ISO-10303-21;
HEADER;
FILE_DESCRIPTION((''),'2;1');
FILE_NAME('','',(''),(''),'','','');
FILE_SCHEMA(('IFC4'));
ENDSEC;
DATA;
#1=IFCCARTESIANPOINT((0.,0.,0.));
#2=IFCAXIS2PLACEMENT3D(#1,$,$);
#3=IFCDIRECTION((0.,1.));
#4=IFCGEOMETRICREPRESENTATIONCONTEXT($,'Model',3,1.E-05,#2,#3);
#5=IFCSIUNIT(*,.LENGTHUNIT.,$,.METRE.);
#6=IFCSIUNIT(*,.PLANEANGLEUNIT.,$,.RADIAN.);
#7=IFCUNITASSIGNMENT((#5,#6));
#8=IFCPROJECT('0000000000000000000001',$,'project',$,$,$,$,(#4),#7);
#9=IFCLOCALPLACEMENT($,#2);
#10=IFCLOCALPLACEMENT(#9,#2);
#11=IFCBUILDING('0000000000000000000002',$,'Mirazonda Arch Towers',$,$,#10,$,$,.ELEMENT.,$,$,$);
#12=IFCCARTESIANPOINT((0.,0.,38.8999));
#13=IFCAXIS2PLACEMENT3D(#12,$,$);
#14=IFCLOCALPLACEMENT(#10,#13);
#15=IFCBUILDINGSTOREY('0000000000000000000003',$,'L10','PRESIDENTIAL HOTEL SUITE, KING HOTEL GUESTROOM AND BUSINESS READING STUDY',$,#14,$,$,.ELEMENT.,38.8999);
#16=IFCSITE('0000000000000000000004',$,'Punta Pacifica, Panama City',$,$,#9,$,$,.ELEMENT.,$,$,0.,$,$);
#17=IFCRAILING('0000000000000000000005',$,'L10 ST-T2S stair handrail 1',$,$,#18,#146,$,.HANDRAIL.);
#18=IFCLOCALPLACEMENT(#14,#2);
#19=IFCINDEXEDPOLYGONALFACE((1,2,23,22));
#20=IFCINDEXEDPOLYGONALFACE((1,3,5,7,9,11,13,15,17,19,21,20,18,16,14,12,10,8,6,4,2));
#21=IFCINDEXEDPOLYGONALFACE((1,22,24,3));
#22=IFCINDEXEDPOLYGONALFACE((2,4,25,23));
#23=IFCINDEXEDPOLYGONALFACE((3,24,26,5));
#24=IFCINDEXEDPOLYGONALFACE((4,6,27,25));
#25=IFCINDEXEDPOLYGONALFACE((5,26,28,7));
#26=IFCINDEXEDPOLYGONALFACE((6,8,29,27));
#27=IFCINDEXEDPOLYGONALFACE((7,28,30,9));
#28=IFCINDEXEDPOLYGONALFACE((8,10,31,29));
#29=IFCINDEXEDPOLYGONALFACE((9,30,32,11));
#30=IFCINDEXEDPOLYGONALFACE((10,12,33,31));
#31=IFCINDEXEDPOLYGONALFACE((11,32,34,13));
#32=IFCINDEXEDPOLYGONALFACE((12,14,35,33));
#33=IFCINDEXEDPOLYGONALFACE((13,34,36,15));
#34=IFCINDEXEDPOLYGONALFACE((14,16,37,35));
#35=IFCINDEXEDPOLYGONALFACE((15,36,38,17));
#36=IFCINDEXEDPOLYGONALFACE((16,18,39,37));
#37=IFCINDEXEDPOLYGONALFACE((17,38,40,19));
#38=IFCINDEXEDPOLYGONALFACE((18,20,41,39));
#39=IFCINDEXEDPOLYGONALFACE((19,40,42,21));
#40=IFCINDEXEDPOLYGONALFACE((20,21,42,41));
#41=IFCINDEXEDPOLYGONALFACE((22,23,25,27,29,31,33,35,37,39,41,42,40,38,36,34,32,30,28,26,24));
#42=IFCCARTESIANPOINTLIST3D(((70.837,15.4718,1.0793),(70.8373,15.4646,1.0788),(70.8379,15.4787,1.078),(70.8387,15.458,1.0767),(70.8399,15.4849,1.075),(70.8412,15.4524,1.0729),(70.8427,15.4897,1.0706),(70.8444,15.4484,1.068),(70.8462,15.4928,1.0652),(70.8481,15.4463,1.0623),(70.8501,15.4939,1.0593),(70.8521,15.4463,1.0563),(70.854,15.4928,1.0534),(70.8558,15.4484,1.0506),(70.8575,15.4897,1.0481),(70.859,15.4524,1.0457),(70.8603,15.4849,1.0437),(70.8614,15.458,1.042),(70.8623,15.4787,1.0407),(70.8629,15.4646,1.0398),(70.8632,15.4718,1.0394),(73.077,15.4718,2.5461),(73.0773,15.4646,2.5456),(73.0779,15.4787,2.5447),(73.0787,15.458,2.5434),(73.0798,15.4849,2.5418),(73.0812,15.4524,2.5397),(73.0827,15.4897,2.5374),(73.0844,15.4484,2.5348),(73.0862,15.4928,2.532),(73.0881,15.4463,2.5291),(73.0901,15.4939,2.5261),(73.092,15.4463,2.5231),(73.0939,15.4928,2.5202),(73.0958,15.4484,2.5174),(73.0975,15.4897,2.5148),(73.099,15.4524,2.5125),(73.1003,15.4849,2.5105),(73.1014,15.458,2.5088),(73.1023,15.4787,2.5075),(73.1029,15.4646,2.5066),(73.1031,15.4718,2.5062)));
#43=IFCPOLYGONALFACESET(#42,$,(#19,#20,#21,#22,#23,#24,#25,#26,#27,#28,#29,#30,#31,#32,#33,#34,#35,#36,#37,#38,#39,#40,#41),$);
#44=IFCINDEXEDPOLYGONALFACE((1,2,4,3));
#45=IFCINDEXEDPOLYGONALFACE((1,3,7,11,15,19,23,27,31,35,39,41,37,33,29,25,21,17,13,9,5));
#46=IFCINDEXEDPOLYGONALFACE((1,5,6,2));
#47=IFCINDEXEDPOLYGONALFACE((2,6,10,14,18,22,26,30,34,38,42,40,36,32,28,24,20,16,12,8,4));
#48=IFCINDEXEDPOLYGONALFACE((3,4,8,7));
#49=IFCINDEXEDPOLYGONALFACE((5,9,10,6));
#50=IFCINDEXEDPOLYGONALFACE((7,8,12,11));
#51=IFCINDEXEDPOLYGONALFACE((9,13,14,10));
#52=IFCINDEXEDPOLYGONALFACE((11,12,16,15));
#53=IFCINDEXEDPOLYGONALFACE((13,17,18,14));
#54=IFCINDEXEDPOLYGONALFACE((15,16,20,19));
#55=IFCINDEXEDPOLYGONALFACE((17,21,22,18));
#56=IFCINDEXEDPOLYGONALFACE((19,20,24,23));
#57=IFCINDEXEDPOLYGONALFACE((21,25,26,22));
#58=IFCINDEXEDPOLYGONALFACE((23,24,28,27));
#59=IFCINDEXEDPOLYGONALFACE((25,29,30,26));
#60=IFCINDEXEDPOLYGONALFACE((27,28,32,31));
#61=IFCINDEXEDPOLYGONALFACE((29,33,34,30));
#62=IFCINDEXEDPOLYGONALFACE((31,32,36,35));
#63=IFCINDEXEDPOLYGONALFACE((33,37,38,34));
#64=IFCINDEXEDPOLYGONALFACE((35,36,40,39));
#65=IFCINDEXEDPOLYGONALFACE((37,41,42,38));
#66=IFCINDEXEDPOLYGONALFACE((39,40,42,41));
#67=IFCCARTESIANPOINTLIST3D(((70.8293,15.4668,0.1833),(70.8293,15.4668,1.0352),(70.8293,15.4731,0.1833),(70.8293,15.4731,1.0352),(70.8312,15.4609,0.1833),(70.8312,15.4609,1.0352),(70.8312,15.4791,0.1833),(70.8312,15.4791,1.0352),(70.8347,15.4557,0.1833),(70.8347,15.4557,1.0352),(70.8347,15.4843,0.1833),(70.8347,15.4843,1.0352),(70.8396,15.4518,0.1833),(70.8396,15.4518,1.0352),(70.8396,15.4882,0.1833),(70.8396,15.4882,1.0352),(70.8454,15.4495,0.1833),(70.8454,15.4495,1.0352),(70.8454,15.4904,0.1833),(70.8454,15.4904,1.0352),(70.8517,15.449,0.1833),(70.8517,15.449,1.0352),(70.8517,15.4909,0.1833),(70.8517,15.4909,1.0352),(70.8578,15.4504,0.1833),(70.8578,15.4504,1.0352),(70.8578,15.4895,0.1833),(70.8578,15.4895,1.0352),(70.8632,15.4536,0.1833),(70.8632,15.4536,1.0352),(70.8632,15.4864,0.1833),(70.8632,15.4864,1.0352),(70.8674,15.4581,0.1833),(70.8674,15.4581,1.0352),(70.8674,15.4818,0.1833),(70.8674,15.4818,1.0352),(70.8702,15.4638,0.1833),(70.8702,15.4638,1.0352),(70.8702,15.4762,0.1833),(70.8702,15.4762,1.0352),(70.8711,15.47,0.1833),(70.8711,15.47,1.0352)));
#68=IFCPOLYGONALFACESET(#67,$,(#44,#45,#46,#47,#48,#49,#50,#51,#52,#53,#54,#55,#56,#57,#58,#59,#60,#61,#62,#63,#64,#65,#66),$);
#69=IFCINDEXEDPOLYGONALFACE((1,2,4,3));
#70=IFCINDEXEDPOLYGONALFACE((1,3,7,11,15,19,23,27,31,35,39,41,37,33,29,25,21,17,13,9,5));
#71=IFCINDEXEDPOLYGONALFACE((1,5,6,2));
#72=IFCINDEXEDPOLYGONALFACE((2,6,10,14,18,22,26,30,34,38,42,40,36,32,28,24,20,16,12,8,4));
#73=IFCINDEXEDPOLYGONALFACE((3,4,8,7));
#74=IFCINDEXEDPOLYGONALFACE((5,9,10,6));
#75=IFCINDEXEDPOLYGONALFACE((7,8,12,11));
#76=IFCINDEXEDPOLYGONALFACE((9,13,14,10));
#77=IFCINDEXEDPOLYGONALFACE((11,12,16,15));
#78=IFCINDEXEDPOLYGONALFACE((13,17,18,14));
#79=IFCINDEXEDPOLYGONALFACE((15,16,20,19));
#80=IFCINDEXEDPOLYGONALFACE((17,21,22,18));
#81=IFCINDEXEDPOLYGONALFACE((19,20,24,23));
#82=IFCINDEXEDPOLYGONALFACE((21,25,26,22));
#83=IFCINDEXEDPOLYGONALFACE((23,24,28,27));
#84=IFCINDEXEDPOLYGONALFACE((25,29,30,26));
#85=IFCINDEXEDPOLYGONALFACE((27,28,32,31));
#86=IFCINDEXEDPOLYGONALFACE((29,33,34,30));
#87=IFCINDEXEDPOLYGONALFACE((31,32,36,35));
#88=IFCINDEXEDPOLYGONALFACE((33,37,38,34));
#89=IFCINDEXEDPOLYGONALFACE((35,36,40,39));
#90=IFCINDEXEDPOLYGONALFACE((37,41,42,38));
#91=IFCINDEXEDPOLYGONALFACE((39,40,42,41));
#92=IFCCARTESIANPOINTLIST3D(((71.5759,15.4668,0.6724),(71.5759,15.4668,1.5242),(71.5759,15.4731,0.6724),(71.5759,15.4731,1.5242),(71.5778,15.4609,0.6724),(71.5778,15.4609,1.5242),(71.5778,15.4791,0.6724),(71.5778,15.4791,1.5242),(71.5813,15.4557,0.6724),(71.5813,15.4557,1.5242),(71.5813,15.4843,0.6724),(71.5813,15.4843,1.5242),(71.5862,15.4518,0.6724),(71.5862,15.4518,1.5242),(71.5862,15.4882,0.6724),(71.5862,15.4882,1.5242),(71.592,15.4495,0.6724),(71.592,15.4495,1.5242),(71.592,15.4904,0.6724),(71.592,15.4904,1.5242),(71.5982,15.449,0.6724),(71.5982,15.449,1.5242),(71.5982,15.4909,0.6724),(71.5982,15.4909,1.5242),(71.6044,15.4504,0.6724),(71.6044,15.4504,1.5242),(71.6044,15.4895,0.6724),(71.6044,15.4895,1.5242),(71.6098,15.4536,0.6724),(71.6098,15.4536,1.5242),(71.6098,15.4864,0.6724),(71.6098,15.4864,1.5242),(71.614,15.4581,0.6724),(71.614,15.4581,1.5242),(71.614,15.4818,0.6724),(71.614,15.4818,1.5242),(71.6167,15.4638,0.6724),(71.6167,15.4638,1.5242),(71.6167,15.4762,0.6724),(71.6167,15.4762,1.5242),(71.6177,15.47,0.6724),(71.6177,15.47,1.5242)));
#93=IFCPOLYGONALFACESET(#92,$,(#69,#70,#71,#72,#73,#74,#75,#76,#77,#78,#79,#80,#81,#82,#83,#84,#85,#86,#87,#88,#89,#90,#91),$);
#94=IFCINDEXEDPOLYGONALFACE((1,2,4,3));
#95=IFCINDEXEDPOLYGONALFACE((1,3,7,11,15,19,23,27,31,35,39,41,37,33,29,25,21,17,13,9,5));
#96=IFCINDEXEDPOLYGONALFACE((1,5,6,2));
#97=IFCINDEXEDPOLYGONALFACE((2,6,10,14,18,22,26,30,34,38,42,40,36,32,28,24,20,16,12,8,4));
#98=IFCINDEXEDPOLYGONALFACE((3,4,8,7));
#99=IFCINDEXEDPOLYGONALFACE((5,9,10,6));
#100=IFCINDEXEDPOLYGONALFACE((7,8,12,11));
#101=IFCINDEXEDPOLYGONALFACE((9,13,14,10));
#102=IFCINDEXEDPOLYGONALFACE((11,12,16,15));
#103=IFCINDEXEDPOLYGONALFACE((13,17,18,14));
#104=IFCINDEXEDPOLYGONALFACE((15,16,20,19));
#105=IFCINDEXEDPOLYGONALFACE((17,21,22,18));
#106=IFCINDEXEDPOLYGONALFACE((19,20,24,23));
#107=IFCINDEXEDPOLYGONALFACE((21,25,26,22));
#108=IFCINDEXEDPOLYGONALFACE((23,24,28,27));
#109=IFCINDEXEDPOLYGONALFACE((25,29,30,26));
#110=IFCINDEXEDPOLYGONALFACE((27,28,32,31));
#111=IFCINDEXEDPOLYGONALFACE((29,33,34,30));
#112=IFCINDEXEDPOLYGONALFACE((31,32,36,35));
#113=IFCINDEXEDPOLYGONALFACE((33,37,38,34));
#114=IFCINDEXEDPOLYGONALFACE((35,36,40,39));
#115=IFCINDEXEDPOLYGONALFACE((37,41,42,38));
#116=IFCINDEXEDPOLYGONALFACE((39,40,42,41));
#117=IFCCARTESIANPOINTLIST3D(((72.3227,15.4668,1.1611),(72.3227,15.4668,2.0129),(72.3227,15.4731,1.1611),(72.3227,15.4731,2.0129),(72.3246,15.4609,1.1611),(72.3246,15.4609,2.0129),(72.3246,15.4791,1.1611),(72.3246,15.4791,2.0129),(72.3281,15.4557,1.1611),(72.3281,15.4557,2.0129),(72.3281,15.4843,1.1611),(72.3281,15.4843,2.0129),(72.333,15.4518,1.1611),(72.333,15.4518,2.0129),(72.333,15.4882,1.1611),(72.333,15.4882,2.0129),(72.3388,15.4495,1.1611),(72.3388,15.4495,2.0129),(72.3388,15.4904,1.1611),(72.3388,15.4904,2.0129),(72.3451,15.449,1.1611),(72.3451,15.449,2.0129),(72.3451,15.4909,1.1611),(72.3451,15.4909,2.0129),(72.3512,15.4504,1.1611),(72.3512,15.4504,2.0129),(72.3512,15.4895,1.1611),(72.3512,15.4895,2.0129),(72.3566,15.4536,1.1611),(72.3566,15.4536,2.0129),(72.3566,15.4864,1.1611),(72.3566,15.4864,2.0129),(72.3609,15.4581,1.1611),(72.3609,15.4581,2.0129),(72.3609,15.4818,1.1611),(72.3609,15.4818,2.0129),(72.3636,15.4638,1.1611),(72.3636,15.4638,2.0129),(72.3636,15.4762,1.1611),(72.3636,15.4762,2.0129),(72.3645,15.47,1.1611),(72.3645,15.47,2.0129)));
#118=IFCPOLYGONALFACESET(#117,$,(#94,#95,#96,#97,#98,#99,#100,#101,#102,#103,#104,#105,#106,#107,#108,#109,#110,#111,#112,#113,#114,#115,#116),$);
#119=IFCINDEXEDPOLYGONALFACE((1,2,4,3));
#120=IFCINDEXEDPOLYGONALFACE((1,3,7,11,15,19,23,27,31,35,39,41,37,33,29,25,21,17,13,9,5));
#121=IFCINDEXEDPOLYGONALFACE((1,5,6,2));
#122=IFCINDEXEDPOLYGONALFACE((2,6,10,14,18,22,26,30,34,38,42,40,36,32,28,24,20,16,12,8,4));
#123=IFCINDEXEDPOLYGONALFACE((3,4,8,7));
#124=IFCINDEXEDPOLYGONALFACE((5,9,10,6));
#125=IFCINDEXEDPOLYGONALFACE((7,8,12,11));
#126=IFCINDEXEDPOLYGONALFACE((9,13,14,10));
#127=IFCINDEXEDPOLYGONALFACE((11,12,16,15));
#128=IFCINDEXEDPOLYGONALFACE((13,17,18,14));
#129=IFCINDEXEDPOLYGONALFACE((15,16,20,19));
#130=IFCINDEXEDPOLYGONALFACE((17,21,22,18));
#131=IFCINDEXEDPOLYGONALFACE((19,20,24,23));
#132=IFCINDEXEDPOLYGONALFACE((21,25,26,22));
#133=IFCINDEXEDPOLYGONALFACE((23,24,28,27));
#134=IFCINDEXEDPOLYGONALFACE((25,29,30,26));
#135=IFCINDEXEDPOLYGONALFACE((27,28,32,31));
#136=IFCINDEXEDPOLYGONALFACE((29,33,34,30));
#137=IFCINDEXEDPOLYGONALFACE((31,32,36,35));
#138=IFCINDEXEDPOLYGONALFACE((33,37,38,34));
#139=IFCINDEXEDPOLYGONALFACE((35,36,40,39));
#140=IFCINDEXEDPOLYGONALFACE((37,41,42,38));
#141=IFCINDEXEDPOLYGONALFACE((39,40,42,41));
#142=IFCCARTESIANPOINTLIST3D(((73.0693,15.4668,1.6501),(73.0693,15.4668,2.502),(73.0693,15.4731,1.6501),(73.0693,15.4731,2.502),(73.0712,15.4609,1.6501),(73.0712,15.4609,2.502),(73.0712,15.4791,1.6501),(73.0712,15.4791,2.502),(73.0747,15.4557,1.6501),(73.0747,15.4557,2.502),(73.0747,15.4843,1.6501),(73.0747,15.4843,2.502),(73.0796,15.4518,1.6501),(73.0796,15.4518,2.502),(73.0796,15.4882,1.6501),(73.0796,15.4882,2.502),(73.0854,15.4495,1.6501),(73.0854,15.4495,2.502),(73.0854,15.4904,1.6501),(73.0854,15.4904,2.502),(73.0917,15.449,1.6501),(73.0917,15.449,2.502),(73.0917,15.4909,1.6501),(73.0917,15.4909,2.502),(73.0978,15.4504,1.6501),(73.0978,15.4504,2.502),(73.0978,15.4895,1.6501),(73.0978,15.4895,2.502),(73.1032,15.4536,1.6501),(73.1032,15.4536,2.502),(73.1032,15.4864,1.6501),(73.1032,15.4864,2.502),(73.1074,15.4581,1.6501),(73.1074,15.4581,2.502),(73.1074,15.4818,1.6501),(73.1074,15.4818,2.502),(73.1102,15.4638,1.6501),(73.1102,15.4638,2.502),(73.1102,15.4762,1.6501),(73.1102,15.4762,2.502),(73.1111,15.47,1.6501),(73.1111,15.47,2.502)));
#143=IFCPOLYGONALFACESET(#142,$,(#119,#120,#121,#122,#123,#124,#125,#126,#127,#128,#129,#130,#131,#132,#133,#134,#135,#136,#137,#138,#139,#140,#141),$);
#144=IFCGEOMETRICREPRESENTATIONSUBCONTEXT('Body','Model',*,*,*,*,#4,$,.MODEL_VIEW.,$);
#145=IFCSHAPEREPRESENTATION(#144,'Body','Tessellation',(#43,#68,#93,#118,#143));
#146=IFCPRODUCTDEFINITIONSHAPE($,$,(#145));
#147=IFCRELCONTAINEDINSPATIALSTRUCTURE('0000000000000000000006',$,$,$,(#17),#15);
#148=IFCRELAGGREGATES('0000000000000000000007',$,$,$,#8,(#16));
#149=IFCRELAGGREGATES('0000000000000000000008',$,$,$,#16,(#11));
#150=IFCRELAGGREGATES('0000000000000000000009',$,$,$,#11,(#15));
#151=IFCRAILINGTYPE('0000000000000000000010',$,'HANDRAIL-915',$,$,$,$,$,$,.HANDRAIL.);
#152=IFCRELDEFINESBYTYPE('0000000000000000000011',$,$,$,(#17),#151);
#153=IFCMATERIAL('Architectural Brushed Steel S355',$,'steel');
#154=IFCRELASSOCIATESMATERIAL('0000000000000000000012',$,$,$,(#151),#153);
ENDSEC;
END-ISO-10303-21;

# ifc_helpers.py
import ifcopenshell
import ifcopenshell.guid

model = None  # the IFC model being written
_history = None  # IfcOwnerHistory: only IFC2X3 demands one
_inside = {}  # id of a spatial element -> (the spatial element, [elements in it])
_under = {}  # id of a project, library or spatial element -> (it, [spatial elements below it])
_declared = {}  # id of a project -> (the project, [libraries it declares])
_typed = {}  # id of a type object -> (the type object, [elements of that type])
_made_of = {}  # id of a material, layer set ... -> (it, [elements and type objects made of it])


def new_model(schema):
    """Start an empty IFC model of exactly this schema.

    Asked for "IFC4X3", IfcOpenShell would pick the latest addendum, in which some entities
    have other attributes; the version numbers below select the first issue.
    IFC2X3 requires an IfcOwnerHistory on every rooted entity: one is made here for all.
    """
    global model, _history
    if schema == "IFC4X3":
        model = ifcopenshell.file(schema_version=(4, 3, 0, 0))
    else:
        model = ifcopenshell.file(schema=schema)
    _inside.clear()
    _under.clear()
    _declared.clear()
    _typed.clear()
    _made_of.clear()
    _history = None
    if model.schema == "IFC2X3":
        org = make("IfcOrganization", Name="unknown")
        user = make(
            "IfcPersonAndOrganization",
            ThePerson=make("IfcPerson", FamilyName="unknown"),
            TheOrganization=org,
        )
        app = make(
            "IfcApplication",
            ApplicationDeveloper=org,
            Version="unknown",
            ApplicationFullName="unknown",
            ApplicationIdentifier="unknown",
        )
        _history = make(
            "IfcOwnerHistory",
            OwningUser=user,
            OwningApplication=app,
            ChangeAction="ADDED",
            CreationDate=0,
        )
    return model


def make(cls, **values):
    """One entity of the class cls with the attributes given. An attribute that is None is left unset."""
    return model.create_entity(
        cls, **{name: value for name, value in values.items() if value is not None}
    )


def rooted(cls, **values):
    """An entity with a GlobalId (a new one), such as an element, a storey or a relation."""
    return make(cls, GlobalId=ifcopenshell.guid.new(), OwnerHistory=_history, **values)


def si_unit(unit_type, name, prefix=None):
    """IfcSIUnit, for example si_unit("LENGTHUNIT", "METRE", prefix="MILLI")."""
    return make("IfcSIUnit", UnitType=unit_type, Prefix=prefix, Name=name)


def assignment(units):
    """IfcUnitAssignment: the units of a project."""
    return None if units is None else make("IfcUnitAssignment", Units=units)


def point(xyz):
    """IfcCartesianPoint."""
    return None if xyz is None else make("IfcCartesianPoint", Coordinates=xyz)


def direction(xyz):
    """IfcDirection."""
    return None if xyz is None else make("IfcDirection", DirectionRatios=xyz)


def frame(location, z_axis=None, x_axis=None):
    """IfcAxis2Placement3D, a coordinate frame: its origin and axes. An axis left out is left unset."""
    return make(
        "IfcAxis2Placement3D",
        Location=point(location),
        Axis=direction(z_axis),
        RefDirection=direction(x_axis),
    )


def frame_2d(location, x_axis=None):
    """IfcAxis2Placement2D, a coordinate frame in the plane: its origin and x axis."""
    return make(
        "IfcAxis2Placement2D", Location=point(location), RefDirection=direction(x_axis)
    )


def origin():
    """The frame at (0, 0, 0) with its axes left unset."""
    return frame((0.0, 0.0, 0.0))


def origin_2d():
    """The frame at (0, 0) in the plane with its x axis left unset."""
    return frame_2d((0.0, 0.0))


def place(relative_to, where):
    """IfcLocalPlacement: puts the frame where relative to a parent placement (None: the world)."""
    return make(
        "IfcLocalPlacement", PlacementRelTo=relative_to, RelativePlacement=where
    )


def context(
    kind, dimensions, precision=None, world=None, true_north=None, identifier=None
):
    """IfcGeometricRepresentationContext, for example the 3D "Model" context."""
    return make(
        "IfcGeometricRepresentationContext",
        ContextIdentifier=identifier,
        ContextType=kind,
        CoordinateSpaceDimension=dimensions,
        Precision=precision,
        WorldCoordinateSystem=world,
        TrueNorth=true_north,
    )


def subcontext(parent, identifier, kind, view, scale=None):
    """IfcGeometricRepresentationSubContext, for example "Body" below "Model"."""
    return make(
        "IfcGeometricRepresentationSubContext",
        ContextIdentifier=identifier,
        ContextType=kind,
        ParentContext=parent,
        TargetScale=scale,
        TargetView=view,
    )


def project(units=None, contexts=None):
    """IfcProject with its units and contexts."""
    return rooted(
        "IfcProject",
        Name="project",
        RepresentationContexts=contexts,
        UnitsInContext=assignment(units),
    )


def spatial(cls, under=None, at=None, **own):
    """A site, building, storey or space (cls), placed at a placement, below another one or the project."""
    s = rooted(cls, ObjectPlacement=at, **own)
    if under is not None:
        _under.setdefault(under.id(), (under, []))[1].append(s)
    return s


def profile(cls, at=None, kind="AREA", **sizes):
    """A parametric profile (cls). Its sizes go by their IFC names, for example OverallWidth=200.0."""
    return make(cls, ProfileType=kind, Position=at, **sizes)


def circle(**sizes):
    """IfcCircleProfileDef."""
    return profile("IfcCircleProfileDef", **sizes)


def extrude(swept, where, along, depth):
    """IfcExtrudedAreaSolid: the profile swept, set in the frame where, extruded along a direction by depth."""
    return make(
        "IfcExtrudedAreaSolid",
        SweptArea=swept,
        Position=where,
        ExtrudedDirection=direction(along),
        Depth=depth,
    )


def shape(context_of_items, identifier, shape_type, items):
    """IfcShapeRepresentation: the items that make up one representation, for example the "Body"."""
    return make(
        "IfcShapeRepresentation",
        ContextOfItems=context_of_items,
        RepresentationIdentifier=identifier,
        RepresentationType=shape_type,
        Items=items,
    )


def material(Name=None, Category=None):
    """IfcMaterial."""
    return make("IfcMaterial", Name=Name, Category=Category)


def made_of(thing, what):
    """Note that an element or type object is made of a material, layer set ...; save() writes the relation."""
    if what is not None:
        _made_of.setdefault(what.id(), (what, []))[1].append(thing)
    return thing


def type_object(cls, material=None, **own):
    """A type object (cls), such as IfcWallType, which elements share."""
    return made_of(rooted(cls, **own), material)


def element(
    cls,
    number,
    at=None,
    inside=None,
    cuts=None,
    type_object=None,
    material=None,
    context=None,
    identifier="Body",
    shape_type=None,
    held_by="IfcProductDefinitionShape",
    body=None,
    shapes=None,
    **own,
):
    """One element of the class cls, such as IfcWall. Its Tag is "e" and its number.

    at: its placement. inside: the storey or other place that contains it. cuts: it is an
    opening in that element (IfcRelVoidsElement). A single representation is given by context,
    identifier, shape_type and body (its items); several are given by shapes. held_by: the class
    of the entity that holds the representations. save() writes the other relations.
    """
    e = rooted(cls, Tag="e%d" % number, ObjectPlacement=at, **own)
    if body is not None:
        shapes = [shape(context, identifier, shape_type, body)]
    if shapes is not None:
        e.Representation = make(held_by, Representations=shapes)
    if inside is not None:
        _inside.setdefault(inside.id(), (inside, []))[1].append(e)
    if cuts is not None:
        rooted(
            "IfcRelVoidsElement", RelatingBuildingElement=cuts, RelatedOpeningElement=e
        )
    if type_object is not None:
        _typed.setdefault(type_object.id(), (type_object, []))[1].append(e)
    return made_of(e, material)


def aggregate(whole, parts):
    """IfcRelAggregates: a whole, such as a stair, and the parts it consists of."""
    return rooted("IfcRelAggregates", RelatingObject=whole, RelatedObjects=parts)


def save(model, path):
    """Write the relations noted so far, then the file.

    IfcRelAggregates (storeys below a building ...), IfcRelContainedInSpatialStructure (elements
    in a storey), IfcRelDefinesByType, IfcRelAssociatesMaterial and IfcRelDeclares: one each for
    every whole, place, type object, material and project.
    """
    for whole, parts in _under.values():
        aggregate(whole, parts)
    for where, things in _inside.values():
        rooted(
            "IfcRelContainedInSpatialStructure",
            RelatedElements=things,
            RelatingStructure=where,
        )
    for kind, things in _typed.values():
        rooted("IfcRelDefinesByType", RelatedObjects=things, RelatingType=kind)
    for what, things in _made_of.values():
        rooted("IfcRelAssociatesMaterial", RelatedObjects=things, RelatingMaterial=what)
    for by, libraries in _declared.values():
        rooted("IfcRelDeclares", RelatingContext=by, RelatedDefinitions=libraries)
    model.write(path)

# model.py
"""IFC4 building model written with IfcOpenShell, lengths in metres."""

from ifc_helpers import new_model, si_unit, direction, frame, origin, origin_2d, place, context, subcontext, project, spatial, circle, extrude, material, type_object, element, save


model = new_model("IFC4")

# Units and contexts
model_context = context("Model", 3, precision=1e-05, world=origin(), true_north=direction((0.0, 1.0)))
body_context = subcontext(model_context, "Body", "Model", "MODEL_VIEW")
ifc_project = project(units=[si_unit("LENGTHUNIT", "METRE"), si_unit("PLANEANGLEUNIT", "RADIAN")], contexts=[model_context])

# Site, building, storey
site_placement = place(None, origin())
site = spatial("IfcSite", under=ifc_project, at=site_placement, Name="Punta Pacifica, Panama City", CompositionType="ELEMENT", RefElevation=0.0)
building_placement = place(site_placement, origin())
building = spatial("IfcBuilding", under=site, at=building_placement, Name="Mirazonda Arch Towers", CompositionType="ELEMENT")
storey_placement = place(building_placement, frame((0.0, 0.0, 38.8999)))
storey = spatial("IfcBuildingStorey", under=building, at=storey_placement, Name="L10", Description="PRESIDENTIAL HOTEL SUITE, KING HOTEL GUESTROOM AND BUSINESS READING STUDY", CompositionType="ELEMENT", Elevation=38.8999)

# Railing
ifc_material_1 = material(Name="Architectural Brushed Steel S355", Category="steel")
railing_type_1 = type_object("IfcRailingType", Name="HANDRAIL-915", PredefinedType="HANDRAIL", material=ifc_material_1)
railing_1_placement = place(storey_placement, frame((70.8501, 15.47, 0.1833)))
element("IfcRailing", 1, at=railing_1_placement, inside=storey, type_object=railing_type_1, Name="L10 ST-T2S stair handrail 1", PredefinedType="HANDRAIL", context=body_context, shape_type="SweptSolid", body=[
    extrude(circle(Radius=0.0239, at=origin_2d()), frame((0.0, 0.0, 0.876), z_axis=(0.836595, 0.0, 0.547822), x_axis=(0.0, 1.0, 0.0)), (0.0, 0.0, 1.0), 2.6775),
    extrude(circle(Radius=0.021, at=origin_2d()), origin(), (0.0, 0.0, 1.0), 0.8518),
    extrude(circle(Radius=0.021, at=origin_2d()), frame((0.7466, 0.0, 0.489)), (0.0, 0.0, 1.0), 0.8518),
    extrude(circle(Radius=0.021, at=origin_2d()), frame((1.4934, 0.0, 0.9778)), (0.0, 0.0, 1.0), 0.8518),
    extrude(circle(Radius=0.021, at=origin_2d()), frame((2.24, 0.0, 1.4668)), (0.0, 0.0, 1.0), 0.8518),
])

save(model, "model.ifc")
